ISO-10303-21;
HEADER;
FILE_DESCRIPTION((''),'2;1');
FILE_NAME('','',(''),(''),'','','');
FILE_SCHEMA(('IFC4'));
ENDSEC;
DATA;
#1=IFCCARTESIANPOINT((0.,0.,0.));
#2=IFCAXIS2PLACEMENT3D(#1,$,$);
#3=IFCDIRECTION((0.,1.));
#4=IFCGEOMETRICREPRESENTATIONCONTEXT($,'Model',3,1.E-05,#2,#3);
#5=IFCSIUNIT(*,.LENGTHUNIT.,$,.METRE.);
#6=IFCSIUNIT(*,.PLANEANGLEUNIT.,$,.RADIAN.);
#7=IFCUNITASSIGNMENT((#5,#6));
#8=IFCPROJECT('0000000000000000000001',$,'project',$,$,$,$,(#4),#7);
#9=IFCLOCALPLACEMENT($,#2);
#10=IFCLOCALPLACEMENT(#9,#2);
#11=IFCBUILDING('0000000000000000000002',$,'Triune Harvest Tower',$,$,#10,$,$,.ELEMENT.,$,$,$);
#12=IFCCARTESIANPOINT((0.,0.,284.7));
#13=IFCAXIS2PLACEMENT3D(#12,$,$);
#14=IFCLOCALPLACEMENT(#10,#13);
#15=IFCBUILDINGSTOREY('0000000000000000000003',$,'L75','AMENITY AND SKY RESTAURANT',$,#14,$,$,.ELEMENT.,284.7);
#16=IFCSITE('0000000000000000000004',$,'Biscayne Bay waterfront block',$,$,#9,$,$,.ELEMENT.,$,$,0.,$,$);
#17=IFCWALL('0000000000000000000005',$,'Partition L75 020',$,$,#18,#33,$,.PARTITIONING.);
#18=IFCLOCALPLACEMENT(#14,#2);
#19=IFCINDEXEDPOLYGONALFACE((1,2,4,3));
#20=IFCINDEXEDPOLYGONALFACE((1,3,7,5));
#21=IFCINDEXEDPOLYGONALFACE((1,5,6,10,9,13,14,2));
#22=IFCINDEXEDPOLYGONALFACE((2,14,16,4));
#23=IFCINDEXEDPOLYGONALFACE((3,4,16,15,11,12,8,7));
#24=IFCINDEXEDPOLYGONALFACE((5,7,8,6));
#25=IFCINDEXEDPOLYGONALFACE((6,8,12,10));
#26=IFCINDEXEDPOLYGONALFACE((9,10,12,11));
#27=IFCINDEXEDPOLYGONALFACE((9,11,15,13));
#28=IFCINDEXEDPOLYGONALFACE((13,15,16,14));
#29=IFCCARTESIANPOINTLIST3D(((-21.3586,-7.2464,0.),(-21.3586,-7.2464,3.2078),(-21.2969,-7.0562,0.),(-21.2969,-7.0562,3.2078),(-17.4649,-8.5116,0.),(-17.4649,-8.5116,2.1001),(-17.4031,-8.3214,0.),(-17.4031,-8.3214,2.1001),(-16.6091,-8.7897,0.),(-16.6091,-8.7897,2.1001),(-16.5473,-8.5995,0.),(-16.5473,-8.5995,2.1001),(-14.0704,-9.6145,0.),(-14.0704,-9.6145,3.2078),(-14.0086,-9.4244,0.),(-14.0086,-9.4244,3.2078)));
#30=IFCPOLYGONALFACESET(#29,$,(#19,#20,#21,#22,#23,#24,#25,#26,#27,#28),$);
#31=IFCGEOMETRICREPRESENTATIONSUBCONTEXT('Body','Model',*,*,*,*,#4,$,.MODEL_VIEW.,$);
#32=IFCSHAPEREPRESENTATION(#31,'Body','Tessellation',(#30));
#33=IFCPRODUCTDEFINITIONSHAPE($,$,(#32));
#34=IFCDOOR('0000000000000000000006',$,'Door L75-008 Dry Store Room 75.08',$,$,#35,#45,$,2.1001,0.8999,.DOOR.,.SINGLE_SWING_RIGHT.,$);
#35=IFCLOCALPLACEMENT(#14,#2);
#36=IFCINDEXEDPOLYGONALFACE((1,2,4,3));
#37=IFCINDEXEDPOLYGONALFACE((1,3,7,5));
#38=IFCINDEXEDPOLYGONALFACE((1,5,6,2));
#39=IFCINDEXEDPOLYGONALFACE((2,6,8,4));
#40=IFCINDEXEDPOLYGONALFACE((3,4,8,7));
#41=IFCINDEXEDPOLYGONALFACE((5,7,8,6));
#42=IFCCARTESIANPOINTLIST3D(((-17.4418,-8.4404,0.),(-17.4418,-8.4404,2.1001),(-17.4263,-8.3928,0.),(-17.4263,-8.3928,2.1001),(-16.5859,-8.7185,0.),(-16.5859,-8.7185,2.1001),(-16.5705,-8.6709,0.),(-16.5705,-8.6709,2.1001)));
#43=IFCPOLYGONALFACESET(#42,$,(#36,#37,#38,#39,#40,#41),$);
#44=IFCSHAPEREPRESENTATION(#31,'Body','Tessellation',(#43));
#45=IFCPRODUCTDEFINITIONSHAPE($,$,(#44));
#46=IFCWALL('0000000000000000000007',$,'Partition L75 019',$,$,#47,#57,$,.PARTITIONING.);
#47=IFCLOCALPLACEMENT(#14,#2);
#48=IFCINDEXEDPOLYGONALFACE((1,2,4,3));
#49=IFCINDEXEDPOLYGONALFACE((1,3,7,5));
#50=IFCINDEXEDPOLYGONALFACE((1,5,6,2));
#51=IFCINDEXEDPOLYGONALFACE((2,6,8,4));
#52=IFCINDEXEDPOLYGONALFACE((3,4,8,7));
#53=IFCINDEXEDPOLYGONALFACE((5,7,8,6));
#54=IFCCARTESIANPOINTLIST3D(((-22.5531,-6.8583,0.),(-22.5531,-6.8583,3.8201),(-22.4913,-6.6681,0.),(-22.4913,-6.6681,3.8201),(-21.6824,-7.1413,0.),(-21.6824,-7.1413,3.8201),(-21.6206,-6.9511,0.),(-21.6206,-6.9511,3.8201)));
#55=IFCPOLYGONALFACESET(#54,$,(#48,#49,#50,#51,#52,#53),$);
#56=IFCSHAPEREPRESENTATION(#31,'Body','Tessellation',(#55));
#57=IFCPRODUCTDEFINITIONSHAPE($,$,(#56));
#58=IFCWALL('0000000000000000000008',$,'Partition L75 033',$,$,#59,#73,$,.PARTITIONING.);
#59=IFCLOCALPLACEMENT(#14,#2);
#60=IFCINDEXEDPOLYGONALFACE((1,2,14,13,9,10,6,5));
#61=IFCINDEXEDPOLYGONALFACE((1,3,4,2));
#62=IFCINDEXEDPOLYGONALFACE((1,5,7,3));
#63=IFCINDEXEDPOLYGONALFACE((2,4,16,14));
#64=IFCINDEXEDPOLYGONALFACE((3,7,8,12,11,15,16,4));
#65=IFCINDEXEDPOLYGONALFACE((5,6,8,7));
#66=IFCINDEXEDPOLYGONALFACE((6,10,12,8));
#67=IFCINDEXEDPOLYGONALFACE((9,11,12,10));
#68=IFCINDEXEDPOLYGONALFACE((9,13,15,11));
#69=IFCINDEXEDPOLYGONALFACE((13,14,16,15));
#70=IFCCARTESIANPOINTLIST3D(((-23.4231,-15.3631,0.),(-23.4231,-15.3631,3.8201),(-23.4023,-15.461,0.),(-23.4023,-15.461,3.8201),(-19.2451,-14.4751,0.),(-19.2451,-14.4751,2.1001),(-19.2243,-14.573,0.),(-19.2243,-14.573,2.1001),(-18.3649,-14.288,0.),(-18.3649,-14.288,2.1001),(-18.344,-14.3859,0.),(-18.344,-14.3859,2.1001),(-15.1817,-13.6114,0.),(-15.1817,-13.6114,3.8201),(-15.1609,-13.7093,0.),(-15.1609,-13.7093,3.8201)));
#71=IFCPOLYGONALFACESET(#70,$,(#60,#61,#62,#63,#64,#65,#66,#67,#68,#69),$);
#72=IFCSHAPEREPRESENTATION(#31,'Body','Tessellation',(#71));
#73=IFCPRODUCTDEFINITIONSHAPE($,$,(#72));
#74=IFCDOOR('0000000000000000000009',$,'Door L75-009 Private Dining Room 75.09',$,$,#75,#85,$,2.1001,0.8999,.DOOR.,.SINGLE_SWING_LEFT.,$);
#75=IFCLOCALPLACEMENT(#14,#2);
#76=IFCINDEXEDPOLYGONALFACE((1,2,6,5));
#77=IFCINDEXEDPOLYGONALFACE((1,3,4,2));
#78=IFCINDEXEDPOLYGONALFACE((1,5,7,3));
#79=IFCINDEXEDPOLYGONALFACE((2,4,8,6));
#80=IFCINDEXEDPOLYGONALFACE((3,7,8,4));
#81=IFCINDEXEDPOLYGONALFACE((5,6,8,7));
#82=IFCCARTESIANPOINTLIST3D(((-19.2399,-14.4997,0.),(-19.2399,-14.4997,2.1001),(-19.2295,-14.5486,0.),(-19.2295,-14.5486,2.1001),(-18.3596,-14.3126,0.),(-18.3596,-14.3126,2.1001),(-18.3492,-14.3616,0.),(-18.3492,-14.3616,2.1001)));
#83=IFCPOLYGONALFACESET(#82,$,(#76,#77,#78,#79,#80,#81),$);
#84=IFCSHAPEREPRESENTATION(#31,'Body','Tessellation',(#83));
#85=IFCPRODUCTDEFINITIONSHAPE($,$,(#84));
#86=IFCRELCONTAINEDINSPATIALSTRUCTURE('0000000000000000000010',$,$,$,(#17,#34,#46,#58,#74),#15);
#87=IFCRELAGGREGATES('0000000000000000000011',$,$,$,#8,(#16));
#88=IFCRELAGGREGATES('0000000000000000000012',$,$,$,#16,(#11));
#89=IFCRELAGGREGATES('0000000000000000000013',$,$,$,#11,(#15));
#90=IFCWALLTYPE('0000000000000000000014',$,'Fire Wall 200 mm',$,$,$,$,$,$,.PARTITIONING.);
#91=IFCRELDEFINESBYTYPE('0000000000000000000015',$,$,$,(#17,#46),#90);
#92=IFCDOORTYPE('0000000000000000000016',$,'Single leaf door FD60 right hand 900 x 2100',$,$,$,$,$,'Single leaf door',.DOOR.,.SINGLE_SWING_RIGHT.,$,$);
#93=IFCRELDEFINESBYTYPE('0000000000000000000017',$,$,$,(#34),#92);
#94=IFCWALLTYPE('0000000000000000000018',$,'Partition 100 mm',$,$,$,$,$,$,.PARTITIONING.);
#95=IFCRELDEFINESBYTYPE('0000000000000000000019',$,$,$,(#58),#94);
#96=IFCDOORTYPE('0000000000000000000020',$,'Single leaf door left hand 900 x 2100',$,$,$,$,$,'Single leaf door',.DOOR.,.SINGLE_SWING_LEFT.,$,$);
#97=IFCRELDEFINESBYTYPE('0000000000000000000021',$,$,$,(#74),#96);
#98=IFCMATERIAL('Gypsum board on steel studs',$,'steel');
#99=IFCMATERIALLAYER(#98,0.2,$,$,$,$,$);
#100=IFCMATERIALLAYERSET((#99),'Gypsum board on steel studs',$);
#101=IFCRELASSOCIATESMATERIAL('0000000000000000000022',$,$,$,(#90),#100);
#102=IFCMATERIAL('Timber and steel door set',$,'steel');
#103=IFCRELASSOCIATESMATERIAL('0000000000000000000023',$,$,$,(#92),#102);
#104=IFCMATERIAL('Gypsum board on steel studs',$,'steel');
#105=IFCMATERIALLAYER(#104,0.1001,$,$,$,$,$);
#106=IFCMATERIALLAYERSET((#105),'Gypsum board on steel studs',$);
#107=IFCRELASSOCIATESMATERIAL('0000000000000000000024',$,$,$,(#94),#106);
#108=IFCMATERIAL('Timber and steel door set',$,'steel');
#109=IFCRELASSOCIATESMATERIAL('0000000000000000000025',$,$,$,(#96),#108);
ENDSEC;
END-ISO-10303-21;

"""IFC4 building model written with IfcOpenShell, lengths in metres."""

from ifc_helpers import new_model, si_unit, direction, frame, frame_2d, origin, place, context, subcontext, project, spatial, rectangle, extrude, source, transform, mapped, material, layer, layer_set, type_object, element, fill, save


model = new_model("IFC4")

# Units and contexts
model_context = context("Model", 3, precision=1e-05, world=origin(), true_north=direction((0.0, 1.0)))
body_context = subcontext(model_context, "Body", "Model", "MODEL_VIEW")
ifc_project = project(units=[si_unit("LENGTHUNIT", "METRE"), si_unit("PLANEANGLEUNIT", "RADIAN")], contexts=[model_context])

# Site, building, storey
site_placement = place(None, origin())
site = spatial("IfcSite", under=ifc_project, at=site_placement, Name="Biscayne Bay waterfront block", CompositionType="ELEMENT", RefElevation=0.0)
building_placement = place(site_placement, origin())
building = spatial("IfcBuilding", under=site, at=building_placement, Name="Triune Harvest Tower", CompositionType="ELEMENT")
storey_placement = place(building_placement, frame((0.0, 0.0, 284.7)))
storey = spatial("IfcBuildingStorey", under=building, at=storey_placement, Name="L75", Description="AMENITY AND SKY RESTAURANT", CompositionType="ELEMENT", Elevation=284.7)

# Wall, opening, door
ifc_material_1 = material(Name="Gypsum board on steel studs", Category="steel")
ifc_layer_1 = layer(ifc_material_1, 0.2)
ifc_layer_set_1 = layer_set([ifc_layer_1], Name="Gypsum board on steel studs")
wall_type_1 = type_object("IfcWallType", Name="Fire Wall 200 mm", PredefinedType="PARTITIONING", material=ifc_layer_set_1)
wall_1_placement = place(storey_placement, frame((-21.3276, -7.1514, 0.0), z_axis=(0.0, 0.0, 1.0), x_axis=(0.951055, -0.309022, 0.0)))
wall_1 = element("IfcWall", 1, at=wall_1_placement, inside=storey, type_object=wall_type_1, Name="Partition L75 020", PredefinedType="PARTITIONING", context=body_context, shape_type="SweptSolid", body=[
    extrude(rectangle(XDim=7.6633, YDim=0.2, at=frame_2d((3.8315, 0.0))), origin(), (0.0, 0.0, 1.0), 3.2078),
])
opening_1_placement = place(wall_1_placement, frame((4.094, 0.0, 0.0)))
opening_1 = element("IfcOpeningElement", 2, at=opening_1_placement, cuts=wall_1, PredefinedType="OPENING", context=body_context, shape_type="SweptSolid", body=[
    extrude(rectangle(XDim=0.8999, YDim=2.1001, at=frame_2d((0.45, 1.05))), frame((0.0, 0.1099, 0.0), z_axis=(0.0, -1.0, 0.0), x_axis=(1.0, 0.0, 0.0)), (0.0, 0.0, 1.0), 0.22),
])
ifc_material_2 = material(Name="Timber and steel door set", Category="steel")
door_type_1 = type_object("IfcDoorType", Name="Single leaf door FD60 right hand 900 x 2100", ElementType="Single leaf door", OperationType="SINGLE_SWING_RIGHT", PredefinedType="DOOR", material=ifc_material_2)
door_1_placement = place(opening_1_placement, origin())
door_1 = element("IfcDoor", 3, at=door_1_placement, inside=storey, type_object=door_type_1, Name="Door L75-008 Dry Store Room 75.08", OperationType="SINGLE_SWING_RIGHT", OverallHeight=2.1001, OverallWidth=0.8999, PredefinedType="DOOR", context=body_context, shape_type="SweptSolid", body=[
    extrude(rectangle(XDim=0.8999, YDim=2.1001, at=frame_2d((0.45, 1.05))), frame((0.0, 0.0249, 0.0), z_axis=(0.0, -1.0, 0.0), x_axis=(1.0, 0.0, 0.0)), (0.0, 0.0, 1.0), 0.05),
])
fill(opening_1, door_1)

# Wall
shared_shape_1 = source(origin(), body_context, "Body", "SweptSolid", [
    extrude(rectangle(XDim=0.9155, YDim=0.2, at=frame_2d((0.4578, 0.0))), origin(), (0.0, 0.0, 1.0), 3.8201),
])
wall_2_placement = place(storey_placement, frame((-22.5222, -6.7632, 0.0), z_axis=(0.0, 0.0, 1.0), x_axis=(0.95103, -0.309098, 0.0)))
element("IfcWall", 4, at=wall_2_placement, inside=storey, type_object=wall_type_1, Name="Partition L75 019", PredefinedType="PARTITIONING", context=body_context, shape_type="MappedRepresentation", body=[
    mapped(shared_shape_1, transform((0.0, 0.0, 0.0), scale=1.0)),
])

# Wall, opening, door
ifc_material_3 = material(Name="Gypsum board on steel studs", Category="steel")
ifc_layer_2 = layer(ifc_material_3, 0.1001)
ifc_layer_set_2 = layer_set([ifc_layer_2], Name="Gypsum board on steel studs")
wall_type_2 = type_object("IfcWallType", Name="Partition 100 mm", PredefinedType="PARTITIONING", material=ifc_layer_set_2)
shared_shape_2 = source(origin(), body_context, "Body", "SweptSolid", [
    extrude(rectangle(XDim=8.4255, YDim=0.1001, at=frame_2d((4.2129, 0.0))), origin(), (0.0, 0.0, 1.0), 3.8201),
])
wall_3_placement = place(storey_placement, frame((-23.4128, -15.4121, 0.0), z_axis=(0.0, 0.0, 1.0), x_axis=(0.978149, 0.207904, 0.0)))
wall_3 = element("IfcWall", 5, at=wall_3_placement, inside=storey, type_object=wall_type_2, Name="Partition L75 033", PredefinedType="PARTITIONING", context=body_context, shape_type="MappedRepresentation", body=[
    mapped(shared_shape_2, transform((0.0, 0.0, 0.0), scale=1.0)),
])
opening_2_placement = place(wall_3_placement, frame((4.2715, 0.0, 0.0)))
opening_2 = element("IfcOpeningElement", 6, at=opening_2_placement, cuts=wall_3, PredefinedType="OPENING", context=body_context, shape_type="SweptSolid", body=[
    extrude(rectangle(XDim=0.8999, YDim=2.1001, at=frame_2d((0.45, 1.05))), frame((0.0, 0.0601, 0.0), z_axis=(0.0, -1.0, 0.0), x_axis=(1.0, 0.0, 0.0)), (0.0, 0.0, 1.0), 0.1201),
])
ifc_material_4 = material(Name="Timber and steel door set", Category="steel")
door_type_2 = type_object("IfcDoorType", Name="Single leaf door left hand 900 x 2100", ElementType="Single leaf door", OperationType="SINGLE_SWING_LEFT", PredefinedType="DOOR", material=ifc_material_4)
door_2_placement = place(opening_2_placement, origin())
door_2 = element("IfcDoor", 7, at=door_2_placement, inside=storey, type_object=door_type_2, Name="Door L75-009 Private Dining Room 75.09", OperationType="SINGLE_SWING_LEFT", OverallHeight=2.1001, OverallWidth=0.8999, PredefinedType="DOOR", context=body_context, shape_type="SweptSolid", body=[
    extrude(rectangle(XDim=0.8999, YDim=2.1001, at=frame_2d((0.45, 1.05))), frame((0.0, 0.0249, 0.0), z_axis=(0.0, -1.0, 0.0), x_axis=(1.0, 0.0, 0.0)), (0.0, 0.0, 1.0), 0.05),
])
fill(opening_2, door_2)

save(model, "model.ifc")
